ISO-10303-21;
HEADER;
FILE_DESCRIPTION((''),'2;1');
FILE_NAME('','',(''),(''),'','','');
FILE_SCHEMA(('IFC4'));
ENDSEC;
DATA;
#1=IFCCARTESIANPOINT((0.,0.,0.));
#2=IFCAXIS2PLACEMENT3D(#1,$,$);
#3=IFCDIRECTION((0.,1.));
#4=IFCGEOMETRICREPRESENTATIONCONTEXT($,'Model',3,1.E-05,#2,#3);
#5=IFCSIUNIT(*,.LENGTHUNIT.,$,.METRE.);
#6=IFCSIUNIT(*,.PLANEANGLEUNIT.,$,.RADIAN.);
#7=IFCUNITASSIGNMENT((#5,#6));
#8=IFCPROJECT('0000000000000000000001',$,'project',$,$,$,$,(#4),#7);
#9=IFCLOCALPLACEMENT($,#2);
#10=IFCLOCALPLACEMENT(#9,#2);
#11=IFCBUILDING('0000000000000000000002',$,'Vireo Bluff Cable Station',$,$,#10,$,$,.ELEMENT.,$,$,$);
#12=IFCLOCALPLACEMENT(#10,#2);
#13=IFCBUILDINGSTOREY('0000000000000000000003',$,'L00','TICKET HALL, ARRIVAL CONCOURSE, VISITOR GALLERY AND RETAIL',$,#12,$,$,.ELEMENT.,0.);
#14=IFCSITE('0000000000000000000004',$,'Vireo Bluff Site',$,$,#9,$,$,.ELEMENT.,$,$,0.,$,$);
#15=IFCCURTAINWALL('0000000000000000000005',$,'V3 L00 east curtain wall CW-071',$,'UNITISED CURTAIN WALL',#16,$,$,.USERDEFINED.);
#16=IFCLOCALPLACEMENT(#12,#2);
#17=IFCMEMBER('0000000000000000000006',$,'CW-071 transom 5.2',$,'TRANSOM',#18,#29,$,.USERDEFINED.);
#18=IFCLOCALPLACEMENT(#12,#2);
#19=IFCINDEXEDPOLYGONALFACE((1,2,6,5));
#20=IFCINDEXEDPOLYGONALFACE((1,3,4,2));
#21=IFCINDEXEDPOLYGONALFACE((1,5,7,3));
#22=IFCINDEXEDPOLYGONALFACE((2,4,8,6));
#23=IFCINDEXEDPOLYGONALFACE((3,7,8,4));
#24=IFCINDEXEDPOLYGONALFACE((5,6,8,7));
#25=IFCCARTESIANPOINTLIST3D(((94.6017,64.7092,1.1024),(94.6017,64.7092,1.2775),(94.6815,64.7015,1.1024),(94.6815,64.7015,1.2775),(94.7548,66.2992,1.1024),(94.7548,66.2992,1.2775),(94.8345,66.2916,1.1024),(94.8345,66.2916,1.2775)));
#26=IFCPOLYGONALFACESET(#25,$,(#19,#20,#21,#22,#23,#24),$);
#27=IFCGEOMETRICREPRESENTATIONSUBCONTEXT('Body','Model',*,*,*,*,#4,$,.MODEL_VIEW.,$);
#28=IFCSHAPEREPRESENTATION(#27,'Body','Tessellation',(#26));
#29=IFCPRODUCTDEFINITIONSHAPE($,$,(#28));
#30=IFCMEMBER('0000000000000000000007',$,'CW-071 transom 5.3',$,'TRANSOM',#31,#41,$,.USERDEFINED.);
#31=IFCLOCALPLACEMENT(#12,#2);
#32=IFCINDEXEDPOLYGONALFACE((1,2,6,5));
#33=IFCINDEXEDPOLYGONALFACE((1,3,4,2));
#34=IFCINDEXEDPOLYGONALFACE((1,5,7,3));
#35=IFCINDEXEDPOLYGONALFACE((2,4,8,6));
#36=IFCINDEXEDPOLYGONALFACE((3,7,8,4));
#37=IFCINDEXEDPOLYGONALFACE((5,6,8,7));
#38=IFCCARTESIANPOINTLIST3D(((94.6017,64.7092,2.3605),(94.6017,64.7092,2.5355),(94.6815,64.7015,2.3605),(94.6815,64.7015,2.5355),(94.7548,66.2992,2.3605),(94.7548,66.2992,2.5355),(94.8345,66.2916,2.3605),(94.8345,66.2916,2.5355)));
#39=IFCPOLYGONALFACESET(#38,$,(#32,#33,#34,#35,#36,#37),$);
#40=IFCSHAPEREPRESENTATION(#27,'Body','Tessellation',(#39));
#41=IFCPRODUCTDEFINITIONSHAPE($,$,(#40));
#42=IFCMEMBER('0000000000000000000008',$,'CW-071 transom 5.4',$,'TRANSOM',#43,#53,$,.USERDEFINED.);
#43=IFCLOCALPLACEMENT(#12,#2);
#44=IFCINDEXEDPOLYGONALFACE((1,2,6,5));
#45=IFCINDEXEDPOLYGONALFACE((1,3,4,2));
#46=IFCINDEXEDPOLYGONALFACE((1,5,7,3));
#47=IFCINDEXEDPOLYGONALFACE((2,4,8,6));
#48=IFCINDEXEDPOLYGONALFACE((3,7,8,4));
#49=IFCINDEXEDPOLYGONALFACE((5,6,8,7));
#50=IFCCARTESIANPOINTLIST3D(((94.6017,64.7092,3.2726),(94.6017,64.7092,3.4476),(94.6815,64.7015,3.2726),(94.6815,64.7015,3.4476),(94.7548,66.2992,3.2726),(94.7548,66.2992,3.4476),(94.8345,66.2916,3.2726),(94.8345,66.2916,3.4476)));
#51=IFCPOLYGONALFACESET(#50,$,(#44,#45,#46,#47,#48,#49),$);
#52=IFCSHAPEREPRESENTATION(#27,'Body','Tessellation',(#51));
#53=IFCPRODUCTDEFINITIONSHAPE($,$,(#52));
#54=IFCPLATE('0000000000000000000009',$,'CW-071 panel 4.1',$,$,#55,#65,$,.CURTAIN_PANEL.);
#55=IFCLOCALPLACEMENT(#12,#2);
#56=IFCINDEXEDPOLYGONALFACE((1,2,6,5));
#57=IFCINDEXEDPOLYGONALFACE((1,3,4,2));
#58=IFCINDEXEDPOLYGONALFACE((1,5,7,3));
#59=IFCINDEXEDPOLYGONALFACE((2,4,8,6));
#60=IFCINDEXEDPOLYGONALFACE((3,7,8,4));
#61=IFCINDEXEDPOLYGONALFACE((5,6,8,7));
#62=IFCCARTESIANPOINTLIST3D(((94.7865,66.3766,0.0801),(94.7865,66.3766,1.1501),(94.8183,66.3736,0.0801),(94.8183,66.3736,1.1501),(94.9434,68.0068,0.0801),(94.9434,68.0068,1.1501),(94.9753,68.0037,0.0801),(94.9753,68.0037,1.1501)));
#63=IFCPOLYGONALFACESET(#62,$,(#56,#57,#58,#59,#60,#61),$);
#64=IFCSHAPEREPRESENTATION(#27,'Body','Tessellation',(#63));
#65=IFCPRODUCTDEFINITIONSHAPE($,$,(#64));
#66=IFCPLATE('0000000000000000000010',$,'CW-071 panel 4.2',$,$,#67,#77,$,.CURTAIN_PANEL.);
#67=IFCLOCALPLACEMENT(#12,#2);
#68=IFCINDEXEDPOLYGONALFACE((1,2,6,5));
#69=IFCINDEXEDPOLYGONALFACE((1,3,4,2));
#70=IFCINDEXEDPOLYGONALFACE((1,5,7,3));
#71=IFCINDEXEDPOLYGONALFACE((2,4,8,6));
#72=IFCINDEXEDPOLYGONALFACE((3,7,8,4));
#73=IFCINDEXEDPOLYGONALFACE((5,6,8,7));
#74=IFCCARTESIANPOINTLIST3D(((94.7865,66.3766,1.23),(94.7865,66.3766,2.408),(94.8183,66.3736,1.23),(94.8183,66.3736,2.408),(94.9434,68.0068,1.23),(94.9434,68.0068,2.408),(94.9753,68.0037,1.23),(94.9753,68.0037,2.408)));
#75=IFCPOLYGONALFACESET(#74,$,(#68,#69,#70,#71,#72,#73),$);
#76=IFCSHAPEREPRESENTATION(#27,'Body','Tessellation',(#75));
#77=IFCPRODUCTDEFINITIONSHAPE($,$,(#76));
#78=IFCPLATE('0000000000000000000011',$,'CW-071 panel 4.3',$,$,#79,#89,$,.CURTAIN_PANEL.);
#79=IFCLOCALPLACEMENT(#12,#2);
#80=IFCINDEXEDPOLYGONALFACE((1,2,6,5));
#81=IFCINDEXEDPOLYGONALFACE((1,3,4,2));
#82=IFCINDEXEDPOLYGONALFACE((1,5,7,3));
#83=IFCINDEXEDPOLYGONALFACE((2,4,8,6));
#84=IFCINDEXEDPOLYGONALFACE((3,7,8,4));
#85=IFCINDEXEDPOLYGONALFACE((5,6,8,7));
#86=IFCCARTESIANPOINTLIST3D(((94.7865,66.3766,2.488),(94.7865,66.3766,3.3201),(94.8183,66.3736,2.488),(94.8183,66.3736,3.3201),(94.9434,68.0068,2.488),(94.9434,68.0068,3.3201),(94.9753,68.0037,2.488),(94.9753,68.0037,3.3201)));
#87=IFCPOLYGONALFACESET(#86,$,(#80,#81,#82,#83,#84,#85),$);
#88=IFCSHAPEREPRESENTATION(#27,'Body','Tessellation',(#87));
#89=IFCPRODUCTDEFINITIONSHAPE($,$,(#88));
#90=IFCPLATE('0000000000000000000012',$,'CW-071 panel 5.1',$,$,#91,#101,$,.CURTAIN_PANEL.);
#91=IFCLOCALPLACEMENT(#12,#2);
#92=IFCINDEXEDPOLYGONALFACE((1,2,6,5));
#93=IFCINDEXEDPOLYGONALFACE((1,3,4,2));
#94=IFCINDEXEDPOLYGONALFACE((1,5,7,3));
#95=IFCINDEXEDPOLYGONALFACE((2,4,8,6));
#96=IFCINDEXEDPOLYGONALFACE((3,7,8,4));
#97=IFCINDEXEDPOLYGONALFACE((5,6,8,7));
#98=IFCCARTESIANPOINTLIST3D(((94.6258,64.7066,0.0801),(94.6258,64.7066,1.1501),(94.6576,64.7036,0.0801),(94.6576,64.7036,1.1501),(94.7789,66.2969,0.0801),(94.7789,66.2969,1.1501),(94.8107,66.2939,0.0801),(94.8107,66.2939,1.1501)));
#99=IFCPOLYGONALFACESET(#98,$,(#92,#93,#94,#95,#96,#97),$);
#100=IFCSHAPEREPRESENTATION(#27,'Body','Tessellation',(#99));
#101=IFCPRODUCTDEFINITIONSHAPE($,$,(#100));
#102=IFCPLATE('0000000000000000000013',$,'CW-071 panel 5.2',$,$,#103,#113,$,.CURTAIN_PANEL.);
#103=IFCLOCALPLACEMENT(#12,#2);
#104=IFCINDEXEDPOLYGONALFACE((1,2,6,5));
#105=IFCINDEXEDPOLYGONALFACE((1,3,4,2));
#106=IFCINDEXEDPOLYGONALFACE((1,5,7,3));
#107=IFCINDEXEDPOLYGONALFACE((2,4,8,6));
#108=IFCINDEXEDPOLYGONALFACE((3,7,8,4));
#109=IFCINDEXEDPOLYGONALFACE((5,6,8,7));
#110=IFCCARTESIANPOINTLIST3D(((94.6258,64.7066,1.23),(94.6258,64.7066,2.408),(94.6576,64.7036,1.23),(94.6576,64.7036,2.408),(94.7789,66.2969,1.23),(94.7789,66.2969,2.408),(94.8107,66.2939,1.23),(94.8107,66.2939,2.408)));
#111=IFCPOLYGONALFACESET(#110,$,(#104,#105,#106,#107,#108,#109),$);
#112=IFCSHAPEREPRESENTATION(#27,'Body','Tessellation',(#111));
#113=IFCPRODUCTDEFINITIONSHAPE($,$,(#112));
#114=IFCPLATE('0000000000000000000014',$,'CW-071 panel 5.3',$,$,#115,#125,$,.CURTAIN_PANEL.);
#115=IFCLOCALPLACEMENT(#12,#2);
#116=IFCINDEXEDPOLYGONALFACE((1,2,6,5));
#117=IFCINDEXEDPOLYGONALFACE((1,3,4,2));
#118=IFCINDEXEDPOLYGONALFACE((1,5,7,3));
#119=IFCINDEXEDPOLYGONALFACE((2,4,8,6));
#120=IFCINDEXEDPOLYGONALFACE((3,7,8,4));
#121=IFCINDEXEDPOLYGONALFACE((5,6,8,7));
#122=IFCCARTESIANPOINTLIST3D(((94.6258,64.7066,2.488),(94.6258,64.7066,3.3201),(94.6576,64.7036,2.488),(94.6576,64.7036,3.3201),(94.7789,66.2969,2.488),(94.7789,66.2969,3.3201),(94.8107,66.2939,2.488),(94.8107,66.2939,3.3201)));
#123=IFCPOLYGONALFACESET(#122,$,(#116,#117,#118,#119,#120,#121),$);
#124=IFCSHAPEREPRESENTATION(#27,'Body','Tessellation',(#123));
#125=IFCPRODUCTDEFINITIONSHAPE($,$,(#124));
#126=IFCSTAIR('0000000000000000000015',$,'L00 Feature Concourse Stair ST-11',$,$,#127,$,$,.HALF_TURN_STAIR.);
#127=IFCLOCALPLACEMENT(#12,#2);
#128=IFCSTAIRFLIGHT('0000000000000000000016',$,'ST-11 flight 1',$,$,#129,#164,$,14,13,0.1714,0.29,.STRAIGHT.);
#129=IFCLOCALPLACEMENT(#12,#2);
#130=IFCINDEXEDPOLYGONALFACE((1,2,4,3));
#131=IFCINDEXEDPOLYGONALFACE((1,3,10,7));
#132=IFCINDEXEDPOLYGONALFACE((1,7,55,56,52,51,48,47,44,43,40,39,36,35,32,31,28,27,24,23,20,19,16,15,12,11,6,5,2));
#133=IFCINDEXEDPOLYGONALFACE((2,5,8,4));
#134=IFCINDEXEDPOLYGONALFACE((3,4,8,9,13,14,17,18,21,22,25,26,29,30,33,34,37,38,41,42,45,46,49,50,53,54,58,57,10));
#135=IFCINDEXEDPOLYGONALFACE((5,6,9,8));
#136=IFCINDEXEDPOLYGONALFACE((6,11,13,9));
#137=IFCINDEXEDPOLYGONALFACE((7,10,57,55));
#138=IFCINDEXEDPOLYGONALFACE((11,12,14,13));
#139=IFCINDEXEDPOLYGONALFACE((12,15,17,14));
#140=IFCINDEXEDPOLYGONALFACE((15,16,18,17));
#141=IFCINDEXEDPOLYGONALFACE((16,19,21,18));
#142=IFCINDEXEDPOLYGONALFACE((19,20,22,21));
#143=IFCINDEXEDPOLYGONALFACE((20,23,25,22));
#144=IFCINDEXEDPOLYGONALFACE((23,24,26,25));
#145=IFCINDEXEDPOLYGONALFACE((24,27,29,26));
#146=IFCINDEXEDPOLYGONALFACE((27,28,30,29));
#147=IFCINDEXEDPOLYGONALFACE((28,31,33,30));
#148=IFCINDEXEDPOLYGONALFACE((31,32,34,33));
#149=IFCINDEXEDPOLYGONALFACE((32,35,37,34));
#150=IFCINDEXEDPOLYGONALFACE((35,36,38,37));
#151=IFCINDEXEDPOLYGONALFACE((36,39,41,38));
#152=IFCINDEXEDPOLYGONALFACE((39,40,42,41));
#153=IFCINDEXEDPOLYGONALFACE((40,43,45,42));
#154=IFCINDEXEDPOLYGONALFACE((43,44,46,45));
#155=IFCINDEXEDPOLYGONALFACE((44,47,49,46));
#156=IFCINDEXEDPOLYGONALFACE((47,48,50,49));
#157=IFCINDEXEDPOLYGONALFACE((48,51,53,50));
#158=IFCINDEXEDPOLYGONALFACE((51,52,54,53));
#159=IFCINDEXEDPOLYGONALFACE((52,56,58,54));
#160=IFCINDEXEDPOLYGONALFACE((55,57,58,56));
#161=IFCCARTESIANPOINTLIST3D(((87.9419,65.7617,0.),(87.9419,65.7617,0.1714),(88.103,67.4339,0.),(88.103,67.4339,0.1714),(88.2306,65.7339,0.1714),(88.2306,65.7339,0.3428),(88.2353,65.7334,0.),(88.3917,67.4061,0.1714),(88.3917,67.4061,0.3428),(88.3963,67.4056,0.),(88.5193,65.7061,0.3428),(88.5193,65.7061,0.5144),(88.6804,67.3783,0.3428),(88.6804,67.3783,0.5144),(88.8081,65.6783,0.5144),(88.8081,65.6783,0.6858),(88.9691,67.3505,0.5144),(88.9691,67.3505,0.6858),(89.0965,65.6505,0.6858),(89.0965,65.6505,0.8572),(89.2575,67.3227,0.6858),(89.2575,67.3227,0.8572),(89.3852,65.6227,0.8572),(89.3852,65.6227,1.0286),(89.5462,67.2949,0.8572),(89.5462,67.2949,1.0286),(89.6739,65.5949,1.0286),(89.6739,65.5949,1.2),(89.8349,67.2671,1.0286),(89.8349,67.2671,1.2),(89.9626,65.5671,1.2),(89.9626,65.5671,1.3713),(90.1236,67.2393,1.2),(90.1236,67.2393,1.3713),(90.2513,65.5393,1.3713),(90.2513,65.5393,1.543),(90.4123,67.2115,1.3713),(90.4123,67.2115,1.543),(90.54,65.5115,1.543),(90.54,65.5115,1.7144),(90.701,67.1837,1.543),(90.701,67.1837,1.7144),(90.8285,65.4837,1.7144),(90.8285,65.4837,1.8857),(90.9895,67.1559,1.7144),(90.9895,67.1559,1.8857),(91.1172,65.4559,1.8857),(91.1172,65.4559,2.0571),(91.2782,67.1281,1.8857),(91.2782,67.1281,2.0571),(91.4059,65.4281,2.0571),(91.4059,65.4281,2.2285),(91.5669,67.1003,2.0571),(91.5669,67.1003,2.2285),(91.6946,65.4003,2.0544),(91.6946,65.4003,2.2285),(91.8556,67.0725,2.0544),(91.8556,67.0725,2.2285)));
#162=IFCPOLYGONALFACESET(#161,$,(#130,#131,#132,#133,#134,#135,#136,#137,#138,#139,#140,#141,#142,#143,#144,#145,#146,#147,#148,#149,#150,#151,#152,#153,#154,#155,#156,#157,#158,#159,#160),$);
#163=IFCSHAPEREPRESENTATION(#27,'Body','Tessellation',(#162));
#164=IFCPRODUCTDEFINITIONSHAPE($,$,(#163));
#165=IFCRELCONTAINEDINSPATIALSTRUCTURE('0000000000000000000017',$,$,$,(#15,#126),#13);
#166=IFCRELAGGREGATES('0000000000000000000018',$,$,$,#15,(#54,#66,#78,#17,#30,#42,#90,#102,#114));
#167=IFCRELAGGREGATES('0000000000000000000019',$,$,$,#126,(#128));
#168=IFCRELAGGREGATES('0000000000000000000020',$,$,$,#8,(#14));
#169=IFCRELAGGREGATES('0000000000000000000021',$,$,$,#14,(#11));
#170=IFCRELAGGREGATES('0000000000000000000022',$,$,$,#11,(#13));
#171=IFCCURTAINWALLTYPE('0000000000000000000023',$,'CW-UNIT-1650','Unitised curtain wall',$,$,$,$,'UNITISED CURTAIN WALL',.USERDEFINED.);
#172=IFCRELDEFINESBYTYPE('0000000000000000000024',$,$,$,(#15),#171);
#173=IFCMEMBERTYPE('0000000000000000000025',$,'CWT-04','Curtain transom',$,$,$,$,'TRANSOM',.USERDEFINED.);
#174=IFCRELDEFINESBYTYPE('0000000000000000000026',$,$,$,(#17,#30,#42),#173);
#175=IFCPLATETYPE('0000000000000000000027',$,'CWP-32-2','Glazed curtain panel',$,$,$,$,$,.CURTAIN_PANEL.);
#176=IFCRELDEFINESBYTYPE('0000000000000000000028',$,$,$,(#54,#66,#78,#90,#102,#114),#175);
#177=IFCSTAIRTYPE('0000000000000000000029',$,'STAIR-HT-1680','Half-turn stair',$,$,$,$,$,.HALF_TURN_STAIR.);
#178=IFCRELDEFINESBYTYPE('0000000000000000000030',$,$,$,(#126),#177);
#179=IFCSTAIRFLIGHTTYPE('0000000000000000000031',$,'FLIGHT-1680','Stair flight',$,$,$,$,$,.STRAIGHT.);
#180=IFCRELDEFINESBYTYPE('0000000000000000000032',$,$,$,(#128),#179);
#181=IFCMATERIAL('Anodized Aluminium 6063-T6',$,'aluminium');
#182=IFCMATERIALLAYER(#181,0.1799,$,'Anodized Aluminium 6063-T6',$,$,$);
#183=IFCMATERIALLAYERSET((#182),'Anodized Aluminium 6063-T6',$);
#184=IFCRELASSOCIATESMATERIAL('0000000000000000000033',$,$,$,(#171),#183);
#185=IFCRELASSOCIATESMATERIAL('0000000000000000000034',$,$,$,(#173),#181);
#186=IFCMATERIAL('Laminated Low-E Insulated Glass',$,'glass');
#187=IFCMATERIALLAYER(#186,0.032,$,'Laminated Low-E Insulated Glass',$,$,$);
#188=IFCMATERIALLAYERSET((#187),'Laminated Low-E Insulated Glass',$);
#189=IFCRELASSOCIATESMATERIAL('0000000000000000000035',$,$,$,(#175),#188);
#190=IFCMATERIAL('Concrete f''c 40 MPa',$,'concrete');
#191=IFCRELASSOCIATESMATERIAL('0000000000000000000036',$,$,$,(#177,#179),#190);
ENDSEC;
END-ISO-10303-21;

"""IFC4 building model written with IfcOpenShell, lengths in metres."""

from ifc_helpers import new_model, si_unit, direction, frame, origin, origin_2d, place, context, subcontext, project, spatial, polyline, rectangle, outline, extrude, material, layer, layer_set, material_profile, profile_set, type_object, element, aggregate, save


model = new_model("IFC4")

# Units and contexts
model_context = context("Model", 3, precision=1e-05, world=origin(), true_north=direction((0.0, 1.0)))
body_context = subcontext(model_context, "Body", "Model", "MODEL_VIEW")
ifc_project = project(units=[si_unit("LENGTHUNIT", "METRE"), si_unit("PLANEANGLEUNIT", "RADIAN")], contexts=[model_context])

# Site, building, storey
site_placement = place(None, origin())
site = spatial("IfcSite", under=ifc_project, at=site_placement, Name="Vireo Bluff Site", CompositionType="ELEMENT", RefElevation=0.0)
building_placement = place(site_placement, origin())
building = spatial("IfcBuilding", under=site, at=building_placement, Name="Vireo Bluff Cable Station", CompositionType="ELEMENT")
storey_placement = place(building_placement, origin())
storey = spatial("IfcBuildingStorey", under=building, at=storey_placement, Name="L00", Description="TICKET HALL, ARRIVAL CONCOURSE, VISITOR GALLERY AND RETAIL", CompositionType="ELEMENT", Elevation=0.0)

# Curtain wall, members, plates
ifc_material_1 = material(Name="Anodized Aluminium 6063-T6", Category="aluminium")
ifc_layer_1 = layer(ifc_material_1, 0.1799, Name="Anodized Aluminium 6063-T6")
ifc_layer_set_1 = layer_set([ifc_layer_1], Name="Anodized Aluminium 6063-T6")
curtain_wall_type = type_object("IfcCurtainWallType", Name="CW-UNIT-1650", Description="Unitised curtain wall", ElementType="UNITISED CURTAIN WALL", PredefinedType="USERDEFINED", material=ifc_layer_set_1)
curtain_wall_placement = place(storey_placement, origin())
curtain_wall = element("IfcCurtainWall", 1, at=curtain_wall_placement, inside=storey, type_object=curtain_wall_type, Name="V3 L00 east curtain wall CW-071", ObjectType="UNITISED CURTAIN WALL", PredefinedType="USERDEFINED")
ifc_material_profile_1 = material_profile(ifc_material_1, rectangle(XDim=0.0801, YDim=0.175, at=origin_2d()), Name="ALU-T-80X175")
ifc_profile_set_1 = profile_set([ifc_material_profile_1], Name="Anodized Aluminium 6063-T6")
member_type_1 = type_object("IfcMemberType", Name="CWT-04", Description="Curtain transom", ElementType="TRANSOM", PredefinedType="USERDEFINED", material=ifc_profile_set_1)
member_1_placement = place(storey_placement, frame((94.7947, 66.2954, 1.1899), z_axis=(-0.095826, -0.995398, 0.0), x_axis=(0.995398, -0.095826, 0.0)))
member_1 = element("IfcMember", 2, at=member_1_placement, type_object=member_type_1, Name="CW-071 transom 5.2", ObjectType="TRANSOM", PredefinedType="USERDEFINED", context=body_context, shape_type="SweptSolid", body=[
    extrude(rectangle(XDim=0.0801, YDim=0.175, at=origin_2d()), origin(), (0.0, 0.0, 1.0), 1.5974),
])
member_2_placement = place(storey_placement, frame((94.7947, 66.2954, 2.448), z_axis=(-0.095826, -0.995398, 0.0), x_axis=(0.995398, -0.095826, 0.0)))
member_2 = element("IfcMember", 3, at=member_2_placement, type_object=member_type_1, Name="CW-071 transom 5.3", ObjectType="TRANSOM", PredefinedType="USERDEFINED", context=body_context, shape_type="SweptSolid", body=[
    extrude(rectangle(XDim=0.0801, YDim=0.175, at=origin_2d()), origin(), (0.0, 0.0, 1.0), 1.5974),
])
member_3_placement = place(storey_placement, frame((94.7947, 66.2954, 3.3601), z_axis=(-0.095826, -0.995398, 0.0), x_axis=(0.995398, -0.095826, 0.0)))
member_3 = element("IfcMember", 4, at=member_3_placement, type_object=member_type_1, Name="CW-071 transom 5.4", ObjectType="TRANSOM", PredefinedType="USERDEFINED", context=body_context, shape_type="SweptSolid", body=[
    extrude(rectangle(XDim=0.0801, YDim=0.175, at=origin_2d()), origin(), (0.0, 0.0, 1.0), 1.5974),
])
ifc_material_2 = material(Name="Laminated Low-E Insulated Glass", Category="glass")
ifc_layer_2 = layer(ifc_material_2, 0.032, Name="Laminated Low-E Insulated Glass")
ifc_layer_set_2 = layer_set([ifc_layer_2], Name="Laminated Low-E Insulated Glass")
plate_type = type_object("IfcPlateType", Name="CWP-32-2", Description="Glazed curtain panel", PredefinedType="CURTAIN_PANEL", material=ifc_layer_set_2)
plate_1_placement = place(storey_placement, frame((94.8809, 67.1902, 0.0801), z_axis=(0.0, 0.0, 1.0), x_axis=(-0.095846, -0.995396, 0.0)))
plate_1 = element("IfcPlate", 5, at=plate_1_placement, type_object=plate_type, Name="CW-071 panel 4.1", PredefinedType="CURTAIN_PANEL", context=body_context, shape_type="SweptSolid", body=[
    extrude(rectangle(XDim=1.6377, YDim=0.032, at=origin_2d()), origin(), (0.0, 0.0, 1.0), 1.0701),
])
plate_2_placement = place(storey_placement, frame((94.8809, 67.1902, 1.23), z_axis=(0.0, 0.0, 1.0), x_axis=(-0.095846, -0.995396, 0.0)))
plate_2 = element("IfcPlate", 6, at=plate_2_placement, type_object=plate_type, Name="CW-071 panel 4.2", PredefinedType="CURTAIN_PANEL", context=body_context, shape_type="SweptSolid", body=[
    extrude(rectangle(XDim=1.6377, YDim=0.032, at=origin_2d()), origin(), (0.0, 0.0, 1.0), 1.178),
])
plate_3_placement = place(storey_placement, frame((94.8809, 67.1902, 2.488), z_axis=(0.0, 0.0, 1.0), x_axis=(-0.095846, -0.995396, 0.0)))
plate_3 = element("IfcPlate", 7, at=plate_3_placement, type_object=plate_type, Name="CW-071 panel 4.3", PredefinedType="CURTAIN_PANEL", context=body_context, shape_type="SweptSolid", body=[
    extrude(rectangle(XDim=1.6377, YDim=0.032, at=origin_2d()), origin(), (0.0, 0.0, 1.0), 0.832),
])
plate_4_placement = place(storey_placement, frame((94.7183, 65.5002, 0.0801), z_axis=(0.0, 0.0, 1.0), x_axis=(-0.095846, -0.995396, 0.0)))
plate_4 = element("IfcPlate", 8, at=plate_4_placement, type_object=plate_type, Name="CW-071 panel 5.1", PredefinedType="CURTAIN_PANEL", context=body_context, shape_type="SweptSolid", body=[
    extrude(rectangle(XDim=1.5977, YDim=0.032, at=origin_2d()), origin(), (0.0, 0.0, 1.0), 1.0701),
])
plate_5_placement = place(storey_placement, frame((94.7183, 65.5002, 1.23), z_axis=(0.0, 0.0, 1.0), x_axis=(-0.095846, -0.995396, 0.0)))
plate_5 = element("IfcPlate", 9, at=plate_5_placement, type_object=plate_type, Name="CW-071 panel 5.2", PredefinedType="CURTAIN_PANEL", context=body_context, shape_type="SweptSolid", body=[
    extrude(rectangle(XDim=1.5977, YDim=0.032, at=origin_2d()), origin(), (0.0, 0.0, 1.0), 1.178),
])
plate_6_placement = place(storey_placement, frame((94.7183, 65.5002, 2.488), z_axis=(0.0, 0.0, 1.0), x_axis=(-0.095846, -0.995396, 0.0)))
plate_6 = element("IfcPlate", 10, at=plate_6_placement, type_object=plate_type, Name="CW-071 panel 5.3", PredefinedType="CURTAIN_PANEL", context=body_context, shape_type="SweptSolid", body=[
    extrude(rectangle(XDim=1.5977, YDim=0.032, at=origin_2d()), origin(), (0.0, 0.0, 1.0), 0.832),
])
aggregate(curtain_wall, [plate_1, plate_2, plate_3, member_1, member_2, member_3, plate_4, plate_5, plate_6])

# Stair, stair flight
ifc_material_3 = material(Name="Concrete f'c 40 MPa", Category="concrete")
stair_type = type_object("IfcStairType", Name="STAIR-HT-1680", Description="Half-turn stair", PredefinedType="HALF_TURN_STAIR", material=ifc_material_3)
stair_placement = place(storey_placement, origin())
stair = element("IfcStair", 11, at=stair_placement, inside=storey, type_object=stair_type, Name="L00 Feature Concourse Stair ST-11", PredefinedType="HALF_TURN_STAIR")
stair_flight_type = type_object("IfcStairFlightType", Name="FLIGHT-1680", Description="Stair flight", PredefinedType="STRAIGHT", material=ifc_material_3)
stair_flight_placement = place(storey_placement, frame((88.0225, 66.5979, 0.0), z_axis=(0.0, 0.0, 1.0), x_axis=(0.995396, -0.095846, 0.0)))
stair_flight = element("IfcStairFlight", 12, at=stair_flight_placement, type_object=stair_flight_type, Name="ST-11 flight 1", NumberOfRisers=14, NumberOfTreads=13, PredefinedType="STRAIGHT", RiserHeight=0.1714, TreadLength=0.29, context=body_context, shape_type="SweptSolid", body=[
    extrude(outline(polyline([(0.0, 0.0), (0.0, 0.1714), (0.29, 0.1714), (0.29, 0.3428), (0.5801, 0.3428), (0.5801, 0.5144), (0.8701, 0.5144), (0.8701, 0.6858), (1.1599, 0.6858), (1.1599, 0.8572), (1.45, 0.8572), (1.45, 1.0286), (1.74, 1.0286), (1.74, 1.2), (2.03, 1.2), (2.03, 1.3713), (2.3201, 1.3713), (2.3201, 1.543), (2.6101, 1.543), (2.6101, 1.7144), (2.8999, 1.7144), (2.8999, 1.8857), (3.1899, 1.8857), (3.1899, 2.0571), (3.48, 2.0571), (3.48, 2.2285), (3.77, 2.2285), (3.77, 2.3999), (3.77, 2.0544), (0.2947, 0.0), (0.0, 0.0)])), frame((0.0, 0.8398, 0.0), z_axis=(0.0, -1.0, 0.0), x_axis=(1.0, 0.0, 0.0)), (0.0, 0.0, 1.0), 1.6799),
])
aggregate(stair, [stair_flight])

save(model, "model.ifc")
